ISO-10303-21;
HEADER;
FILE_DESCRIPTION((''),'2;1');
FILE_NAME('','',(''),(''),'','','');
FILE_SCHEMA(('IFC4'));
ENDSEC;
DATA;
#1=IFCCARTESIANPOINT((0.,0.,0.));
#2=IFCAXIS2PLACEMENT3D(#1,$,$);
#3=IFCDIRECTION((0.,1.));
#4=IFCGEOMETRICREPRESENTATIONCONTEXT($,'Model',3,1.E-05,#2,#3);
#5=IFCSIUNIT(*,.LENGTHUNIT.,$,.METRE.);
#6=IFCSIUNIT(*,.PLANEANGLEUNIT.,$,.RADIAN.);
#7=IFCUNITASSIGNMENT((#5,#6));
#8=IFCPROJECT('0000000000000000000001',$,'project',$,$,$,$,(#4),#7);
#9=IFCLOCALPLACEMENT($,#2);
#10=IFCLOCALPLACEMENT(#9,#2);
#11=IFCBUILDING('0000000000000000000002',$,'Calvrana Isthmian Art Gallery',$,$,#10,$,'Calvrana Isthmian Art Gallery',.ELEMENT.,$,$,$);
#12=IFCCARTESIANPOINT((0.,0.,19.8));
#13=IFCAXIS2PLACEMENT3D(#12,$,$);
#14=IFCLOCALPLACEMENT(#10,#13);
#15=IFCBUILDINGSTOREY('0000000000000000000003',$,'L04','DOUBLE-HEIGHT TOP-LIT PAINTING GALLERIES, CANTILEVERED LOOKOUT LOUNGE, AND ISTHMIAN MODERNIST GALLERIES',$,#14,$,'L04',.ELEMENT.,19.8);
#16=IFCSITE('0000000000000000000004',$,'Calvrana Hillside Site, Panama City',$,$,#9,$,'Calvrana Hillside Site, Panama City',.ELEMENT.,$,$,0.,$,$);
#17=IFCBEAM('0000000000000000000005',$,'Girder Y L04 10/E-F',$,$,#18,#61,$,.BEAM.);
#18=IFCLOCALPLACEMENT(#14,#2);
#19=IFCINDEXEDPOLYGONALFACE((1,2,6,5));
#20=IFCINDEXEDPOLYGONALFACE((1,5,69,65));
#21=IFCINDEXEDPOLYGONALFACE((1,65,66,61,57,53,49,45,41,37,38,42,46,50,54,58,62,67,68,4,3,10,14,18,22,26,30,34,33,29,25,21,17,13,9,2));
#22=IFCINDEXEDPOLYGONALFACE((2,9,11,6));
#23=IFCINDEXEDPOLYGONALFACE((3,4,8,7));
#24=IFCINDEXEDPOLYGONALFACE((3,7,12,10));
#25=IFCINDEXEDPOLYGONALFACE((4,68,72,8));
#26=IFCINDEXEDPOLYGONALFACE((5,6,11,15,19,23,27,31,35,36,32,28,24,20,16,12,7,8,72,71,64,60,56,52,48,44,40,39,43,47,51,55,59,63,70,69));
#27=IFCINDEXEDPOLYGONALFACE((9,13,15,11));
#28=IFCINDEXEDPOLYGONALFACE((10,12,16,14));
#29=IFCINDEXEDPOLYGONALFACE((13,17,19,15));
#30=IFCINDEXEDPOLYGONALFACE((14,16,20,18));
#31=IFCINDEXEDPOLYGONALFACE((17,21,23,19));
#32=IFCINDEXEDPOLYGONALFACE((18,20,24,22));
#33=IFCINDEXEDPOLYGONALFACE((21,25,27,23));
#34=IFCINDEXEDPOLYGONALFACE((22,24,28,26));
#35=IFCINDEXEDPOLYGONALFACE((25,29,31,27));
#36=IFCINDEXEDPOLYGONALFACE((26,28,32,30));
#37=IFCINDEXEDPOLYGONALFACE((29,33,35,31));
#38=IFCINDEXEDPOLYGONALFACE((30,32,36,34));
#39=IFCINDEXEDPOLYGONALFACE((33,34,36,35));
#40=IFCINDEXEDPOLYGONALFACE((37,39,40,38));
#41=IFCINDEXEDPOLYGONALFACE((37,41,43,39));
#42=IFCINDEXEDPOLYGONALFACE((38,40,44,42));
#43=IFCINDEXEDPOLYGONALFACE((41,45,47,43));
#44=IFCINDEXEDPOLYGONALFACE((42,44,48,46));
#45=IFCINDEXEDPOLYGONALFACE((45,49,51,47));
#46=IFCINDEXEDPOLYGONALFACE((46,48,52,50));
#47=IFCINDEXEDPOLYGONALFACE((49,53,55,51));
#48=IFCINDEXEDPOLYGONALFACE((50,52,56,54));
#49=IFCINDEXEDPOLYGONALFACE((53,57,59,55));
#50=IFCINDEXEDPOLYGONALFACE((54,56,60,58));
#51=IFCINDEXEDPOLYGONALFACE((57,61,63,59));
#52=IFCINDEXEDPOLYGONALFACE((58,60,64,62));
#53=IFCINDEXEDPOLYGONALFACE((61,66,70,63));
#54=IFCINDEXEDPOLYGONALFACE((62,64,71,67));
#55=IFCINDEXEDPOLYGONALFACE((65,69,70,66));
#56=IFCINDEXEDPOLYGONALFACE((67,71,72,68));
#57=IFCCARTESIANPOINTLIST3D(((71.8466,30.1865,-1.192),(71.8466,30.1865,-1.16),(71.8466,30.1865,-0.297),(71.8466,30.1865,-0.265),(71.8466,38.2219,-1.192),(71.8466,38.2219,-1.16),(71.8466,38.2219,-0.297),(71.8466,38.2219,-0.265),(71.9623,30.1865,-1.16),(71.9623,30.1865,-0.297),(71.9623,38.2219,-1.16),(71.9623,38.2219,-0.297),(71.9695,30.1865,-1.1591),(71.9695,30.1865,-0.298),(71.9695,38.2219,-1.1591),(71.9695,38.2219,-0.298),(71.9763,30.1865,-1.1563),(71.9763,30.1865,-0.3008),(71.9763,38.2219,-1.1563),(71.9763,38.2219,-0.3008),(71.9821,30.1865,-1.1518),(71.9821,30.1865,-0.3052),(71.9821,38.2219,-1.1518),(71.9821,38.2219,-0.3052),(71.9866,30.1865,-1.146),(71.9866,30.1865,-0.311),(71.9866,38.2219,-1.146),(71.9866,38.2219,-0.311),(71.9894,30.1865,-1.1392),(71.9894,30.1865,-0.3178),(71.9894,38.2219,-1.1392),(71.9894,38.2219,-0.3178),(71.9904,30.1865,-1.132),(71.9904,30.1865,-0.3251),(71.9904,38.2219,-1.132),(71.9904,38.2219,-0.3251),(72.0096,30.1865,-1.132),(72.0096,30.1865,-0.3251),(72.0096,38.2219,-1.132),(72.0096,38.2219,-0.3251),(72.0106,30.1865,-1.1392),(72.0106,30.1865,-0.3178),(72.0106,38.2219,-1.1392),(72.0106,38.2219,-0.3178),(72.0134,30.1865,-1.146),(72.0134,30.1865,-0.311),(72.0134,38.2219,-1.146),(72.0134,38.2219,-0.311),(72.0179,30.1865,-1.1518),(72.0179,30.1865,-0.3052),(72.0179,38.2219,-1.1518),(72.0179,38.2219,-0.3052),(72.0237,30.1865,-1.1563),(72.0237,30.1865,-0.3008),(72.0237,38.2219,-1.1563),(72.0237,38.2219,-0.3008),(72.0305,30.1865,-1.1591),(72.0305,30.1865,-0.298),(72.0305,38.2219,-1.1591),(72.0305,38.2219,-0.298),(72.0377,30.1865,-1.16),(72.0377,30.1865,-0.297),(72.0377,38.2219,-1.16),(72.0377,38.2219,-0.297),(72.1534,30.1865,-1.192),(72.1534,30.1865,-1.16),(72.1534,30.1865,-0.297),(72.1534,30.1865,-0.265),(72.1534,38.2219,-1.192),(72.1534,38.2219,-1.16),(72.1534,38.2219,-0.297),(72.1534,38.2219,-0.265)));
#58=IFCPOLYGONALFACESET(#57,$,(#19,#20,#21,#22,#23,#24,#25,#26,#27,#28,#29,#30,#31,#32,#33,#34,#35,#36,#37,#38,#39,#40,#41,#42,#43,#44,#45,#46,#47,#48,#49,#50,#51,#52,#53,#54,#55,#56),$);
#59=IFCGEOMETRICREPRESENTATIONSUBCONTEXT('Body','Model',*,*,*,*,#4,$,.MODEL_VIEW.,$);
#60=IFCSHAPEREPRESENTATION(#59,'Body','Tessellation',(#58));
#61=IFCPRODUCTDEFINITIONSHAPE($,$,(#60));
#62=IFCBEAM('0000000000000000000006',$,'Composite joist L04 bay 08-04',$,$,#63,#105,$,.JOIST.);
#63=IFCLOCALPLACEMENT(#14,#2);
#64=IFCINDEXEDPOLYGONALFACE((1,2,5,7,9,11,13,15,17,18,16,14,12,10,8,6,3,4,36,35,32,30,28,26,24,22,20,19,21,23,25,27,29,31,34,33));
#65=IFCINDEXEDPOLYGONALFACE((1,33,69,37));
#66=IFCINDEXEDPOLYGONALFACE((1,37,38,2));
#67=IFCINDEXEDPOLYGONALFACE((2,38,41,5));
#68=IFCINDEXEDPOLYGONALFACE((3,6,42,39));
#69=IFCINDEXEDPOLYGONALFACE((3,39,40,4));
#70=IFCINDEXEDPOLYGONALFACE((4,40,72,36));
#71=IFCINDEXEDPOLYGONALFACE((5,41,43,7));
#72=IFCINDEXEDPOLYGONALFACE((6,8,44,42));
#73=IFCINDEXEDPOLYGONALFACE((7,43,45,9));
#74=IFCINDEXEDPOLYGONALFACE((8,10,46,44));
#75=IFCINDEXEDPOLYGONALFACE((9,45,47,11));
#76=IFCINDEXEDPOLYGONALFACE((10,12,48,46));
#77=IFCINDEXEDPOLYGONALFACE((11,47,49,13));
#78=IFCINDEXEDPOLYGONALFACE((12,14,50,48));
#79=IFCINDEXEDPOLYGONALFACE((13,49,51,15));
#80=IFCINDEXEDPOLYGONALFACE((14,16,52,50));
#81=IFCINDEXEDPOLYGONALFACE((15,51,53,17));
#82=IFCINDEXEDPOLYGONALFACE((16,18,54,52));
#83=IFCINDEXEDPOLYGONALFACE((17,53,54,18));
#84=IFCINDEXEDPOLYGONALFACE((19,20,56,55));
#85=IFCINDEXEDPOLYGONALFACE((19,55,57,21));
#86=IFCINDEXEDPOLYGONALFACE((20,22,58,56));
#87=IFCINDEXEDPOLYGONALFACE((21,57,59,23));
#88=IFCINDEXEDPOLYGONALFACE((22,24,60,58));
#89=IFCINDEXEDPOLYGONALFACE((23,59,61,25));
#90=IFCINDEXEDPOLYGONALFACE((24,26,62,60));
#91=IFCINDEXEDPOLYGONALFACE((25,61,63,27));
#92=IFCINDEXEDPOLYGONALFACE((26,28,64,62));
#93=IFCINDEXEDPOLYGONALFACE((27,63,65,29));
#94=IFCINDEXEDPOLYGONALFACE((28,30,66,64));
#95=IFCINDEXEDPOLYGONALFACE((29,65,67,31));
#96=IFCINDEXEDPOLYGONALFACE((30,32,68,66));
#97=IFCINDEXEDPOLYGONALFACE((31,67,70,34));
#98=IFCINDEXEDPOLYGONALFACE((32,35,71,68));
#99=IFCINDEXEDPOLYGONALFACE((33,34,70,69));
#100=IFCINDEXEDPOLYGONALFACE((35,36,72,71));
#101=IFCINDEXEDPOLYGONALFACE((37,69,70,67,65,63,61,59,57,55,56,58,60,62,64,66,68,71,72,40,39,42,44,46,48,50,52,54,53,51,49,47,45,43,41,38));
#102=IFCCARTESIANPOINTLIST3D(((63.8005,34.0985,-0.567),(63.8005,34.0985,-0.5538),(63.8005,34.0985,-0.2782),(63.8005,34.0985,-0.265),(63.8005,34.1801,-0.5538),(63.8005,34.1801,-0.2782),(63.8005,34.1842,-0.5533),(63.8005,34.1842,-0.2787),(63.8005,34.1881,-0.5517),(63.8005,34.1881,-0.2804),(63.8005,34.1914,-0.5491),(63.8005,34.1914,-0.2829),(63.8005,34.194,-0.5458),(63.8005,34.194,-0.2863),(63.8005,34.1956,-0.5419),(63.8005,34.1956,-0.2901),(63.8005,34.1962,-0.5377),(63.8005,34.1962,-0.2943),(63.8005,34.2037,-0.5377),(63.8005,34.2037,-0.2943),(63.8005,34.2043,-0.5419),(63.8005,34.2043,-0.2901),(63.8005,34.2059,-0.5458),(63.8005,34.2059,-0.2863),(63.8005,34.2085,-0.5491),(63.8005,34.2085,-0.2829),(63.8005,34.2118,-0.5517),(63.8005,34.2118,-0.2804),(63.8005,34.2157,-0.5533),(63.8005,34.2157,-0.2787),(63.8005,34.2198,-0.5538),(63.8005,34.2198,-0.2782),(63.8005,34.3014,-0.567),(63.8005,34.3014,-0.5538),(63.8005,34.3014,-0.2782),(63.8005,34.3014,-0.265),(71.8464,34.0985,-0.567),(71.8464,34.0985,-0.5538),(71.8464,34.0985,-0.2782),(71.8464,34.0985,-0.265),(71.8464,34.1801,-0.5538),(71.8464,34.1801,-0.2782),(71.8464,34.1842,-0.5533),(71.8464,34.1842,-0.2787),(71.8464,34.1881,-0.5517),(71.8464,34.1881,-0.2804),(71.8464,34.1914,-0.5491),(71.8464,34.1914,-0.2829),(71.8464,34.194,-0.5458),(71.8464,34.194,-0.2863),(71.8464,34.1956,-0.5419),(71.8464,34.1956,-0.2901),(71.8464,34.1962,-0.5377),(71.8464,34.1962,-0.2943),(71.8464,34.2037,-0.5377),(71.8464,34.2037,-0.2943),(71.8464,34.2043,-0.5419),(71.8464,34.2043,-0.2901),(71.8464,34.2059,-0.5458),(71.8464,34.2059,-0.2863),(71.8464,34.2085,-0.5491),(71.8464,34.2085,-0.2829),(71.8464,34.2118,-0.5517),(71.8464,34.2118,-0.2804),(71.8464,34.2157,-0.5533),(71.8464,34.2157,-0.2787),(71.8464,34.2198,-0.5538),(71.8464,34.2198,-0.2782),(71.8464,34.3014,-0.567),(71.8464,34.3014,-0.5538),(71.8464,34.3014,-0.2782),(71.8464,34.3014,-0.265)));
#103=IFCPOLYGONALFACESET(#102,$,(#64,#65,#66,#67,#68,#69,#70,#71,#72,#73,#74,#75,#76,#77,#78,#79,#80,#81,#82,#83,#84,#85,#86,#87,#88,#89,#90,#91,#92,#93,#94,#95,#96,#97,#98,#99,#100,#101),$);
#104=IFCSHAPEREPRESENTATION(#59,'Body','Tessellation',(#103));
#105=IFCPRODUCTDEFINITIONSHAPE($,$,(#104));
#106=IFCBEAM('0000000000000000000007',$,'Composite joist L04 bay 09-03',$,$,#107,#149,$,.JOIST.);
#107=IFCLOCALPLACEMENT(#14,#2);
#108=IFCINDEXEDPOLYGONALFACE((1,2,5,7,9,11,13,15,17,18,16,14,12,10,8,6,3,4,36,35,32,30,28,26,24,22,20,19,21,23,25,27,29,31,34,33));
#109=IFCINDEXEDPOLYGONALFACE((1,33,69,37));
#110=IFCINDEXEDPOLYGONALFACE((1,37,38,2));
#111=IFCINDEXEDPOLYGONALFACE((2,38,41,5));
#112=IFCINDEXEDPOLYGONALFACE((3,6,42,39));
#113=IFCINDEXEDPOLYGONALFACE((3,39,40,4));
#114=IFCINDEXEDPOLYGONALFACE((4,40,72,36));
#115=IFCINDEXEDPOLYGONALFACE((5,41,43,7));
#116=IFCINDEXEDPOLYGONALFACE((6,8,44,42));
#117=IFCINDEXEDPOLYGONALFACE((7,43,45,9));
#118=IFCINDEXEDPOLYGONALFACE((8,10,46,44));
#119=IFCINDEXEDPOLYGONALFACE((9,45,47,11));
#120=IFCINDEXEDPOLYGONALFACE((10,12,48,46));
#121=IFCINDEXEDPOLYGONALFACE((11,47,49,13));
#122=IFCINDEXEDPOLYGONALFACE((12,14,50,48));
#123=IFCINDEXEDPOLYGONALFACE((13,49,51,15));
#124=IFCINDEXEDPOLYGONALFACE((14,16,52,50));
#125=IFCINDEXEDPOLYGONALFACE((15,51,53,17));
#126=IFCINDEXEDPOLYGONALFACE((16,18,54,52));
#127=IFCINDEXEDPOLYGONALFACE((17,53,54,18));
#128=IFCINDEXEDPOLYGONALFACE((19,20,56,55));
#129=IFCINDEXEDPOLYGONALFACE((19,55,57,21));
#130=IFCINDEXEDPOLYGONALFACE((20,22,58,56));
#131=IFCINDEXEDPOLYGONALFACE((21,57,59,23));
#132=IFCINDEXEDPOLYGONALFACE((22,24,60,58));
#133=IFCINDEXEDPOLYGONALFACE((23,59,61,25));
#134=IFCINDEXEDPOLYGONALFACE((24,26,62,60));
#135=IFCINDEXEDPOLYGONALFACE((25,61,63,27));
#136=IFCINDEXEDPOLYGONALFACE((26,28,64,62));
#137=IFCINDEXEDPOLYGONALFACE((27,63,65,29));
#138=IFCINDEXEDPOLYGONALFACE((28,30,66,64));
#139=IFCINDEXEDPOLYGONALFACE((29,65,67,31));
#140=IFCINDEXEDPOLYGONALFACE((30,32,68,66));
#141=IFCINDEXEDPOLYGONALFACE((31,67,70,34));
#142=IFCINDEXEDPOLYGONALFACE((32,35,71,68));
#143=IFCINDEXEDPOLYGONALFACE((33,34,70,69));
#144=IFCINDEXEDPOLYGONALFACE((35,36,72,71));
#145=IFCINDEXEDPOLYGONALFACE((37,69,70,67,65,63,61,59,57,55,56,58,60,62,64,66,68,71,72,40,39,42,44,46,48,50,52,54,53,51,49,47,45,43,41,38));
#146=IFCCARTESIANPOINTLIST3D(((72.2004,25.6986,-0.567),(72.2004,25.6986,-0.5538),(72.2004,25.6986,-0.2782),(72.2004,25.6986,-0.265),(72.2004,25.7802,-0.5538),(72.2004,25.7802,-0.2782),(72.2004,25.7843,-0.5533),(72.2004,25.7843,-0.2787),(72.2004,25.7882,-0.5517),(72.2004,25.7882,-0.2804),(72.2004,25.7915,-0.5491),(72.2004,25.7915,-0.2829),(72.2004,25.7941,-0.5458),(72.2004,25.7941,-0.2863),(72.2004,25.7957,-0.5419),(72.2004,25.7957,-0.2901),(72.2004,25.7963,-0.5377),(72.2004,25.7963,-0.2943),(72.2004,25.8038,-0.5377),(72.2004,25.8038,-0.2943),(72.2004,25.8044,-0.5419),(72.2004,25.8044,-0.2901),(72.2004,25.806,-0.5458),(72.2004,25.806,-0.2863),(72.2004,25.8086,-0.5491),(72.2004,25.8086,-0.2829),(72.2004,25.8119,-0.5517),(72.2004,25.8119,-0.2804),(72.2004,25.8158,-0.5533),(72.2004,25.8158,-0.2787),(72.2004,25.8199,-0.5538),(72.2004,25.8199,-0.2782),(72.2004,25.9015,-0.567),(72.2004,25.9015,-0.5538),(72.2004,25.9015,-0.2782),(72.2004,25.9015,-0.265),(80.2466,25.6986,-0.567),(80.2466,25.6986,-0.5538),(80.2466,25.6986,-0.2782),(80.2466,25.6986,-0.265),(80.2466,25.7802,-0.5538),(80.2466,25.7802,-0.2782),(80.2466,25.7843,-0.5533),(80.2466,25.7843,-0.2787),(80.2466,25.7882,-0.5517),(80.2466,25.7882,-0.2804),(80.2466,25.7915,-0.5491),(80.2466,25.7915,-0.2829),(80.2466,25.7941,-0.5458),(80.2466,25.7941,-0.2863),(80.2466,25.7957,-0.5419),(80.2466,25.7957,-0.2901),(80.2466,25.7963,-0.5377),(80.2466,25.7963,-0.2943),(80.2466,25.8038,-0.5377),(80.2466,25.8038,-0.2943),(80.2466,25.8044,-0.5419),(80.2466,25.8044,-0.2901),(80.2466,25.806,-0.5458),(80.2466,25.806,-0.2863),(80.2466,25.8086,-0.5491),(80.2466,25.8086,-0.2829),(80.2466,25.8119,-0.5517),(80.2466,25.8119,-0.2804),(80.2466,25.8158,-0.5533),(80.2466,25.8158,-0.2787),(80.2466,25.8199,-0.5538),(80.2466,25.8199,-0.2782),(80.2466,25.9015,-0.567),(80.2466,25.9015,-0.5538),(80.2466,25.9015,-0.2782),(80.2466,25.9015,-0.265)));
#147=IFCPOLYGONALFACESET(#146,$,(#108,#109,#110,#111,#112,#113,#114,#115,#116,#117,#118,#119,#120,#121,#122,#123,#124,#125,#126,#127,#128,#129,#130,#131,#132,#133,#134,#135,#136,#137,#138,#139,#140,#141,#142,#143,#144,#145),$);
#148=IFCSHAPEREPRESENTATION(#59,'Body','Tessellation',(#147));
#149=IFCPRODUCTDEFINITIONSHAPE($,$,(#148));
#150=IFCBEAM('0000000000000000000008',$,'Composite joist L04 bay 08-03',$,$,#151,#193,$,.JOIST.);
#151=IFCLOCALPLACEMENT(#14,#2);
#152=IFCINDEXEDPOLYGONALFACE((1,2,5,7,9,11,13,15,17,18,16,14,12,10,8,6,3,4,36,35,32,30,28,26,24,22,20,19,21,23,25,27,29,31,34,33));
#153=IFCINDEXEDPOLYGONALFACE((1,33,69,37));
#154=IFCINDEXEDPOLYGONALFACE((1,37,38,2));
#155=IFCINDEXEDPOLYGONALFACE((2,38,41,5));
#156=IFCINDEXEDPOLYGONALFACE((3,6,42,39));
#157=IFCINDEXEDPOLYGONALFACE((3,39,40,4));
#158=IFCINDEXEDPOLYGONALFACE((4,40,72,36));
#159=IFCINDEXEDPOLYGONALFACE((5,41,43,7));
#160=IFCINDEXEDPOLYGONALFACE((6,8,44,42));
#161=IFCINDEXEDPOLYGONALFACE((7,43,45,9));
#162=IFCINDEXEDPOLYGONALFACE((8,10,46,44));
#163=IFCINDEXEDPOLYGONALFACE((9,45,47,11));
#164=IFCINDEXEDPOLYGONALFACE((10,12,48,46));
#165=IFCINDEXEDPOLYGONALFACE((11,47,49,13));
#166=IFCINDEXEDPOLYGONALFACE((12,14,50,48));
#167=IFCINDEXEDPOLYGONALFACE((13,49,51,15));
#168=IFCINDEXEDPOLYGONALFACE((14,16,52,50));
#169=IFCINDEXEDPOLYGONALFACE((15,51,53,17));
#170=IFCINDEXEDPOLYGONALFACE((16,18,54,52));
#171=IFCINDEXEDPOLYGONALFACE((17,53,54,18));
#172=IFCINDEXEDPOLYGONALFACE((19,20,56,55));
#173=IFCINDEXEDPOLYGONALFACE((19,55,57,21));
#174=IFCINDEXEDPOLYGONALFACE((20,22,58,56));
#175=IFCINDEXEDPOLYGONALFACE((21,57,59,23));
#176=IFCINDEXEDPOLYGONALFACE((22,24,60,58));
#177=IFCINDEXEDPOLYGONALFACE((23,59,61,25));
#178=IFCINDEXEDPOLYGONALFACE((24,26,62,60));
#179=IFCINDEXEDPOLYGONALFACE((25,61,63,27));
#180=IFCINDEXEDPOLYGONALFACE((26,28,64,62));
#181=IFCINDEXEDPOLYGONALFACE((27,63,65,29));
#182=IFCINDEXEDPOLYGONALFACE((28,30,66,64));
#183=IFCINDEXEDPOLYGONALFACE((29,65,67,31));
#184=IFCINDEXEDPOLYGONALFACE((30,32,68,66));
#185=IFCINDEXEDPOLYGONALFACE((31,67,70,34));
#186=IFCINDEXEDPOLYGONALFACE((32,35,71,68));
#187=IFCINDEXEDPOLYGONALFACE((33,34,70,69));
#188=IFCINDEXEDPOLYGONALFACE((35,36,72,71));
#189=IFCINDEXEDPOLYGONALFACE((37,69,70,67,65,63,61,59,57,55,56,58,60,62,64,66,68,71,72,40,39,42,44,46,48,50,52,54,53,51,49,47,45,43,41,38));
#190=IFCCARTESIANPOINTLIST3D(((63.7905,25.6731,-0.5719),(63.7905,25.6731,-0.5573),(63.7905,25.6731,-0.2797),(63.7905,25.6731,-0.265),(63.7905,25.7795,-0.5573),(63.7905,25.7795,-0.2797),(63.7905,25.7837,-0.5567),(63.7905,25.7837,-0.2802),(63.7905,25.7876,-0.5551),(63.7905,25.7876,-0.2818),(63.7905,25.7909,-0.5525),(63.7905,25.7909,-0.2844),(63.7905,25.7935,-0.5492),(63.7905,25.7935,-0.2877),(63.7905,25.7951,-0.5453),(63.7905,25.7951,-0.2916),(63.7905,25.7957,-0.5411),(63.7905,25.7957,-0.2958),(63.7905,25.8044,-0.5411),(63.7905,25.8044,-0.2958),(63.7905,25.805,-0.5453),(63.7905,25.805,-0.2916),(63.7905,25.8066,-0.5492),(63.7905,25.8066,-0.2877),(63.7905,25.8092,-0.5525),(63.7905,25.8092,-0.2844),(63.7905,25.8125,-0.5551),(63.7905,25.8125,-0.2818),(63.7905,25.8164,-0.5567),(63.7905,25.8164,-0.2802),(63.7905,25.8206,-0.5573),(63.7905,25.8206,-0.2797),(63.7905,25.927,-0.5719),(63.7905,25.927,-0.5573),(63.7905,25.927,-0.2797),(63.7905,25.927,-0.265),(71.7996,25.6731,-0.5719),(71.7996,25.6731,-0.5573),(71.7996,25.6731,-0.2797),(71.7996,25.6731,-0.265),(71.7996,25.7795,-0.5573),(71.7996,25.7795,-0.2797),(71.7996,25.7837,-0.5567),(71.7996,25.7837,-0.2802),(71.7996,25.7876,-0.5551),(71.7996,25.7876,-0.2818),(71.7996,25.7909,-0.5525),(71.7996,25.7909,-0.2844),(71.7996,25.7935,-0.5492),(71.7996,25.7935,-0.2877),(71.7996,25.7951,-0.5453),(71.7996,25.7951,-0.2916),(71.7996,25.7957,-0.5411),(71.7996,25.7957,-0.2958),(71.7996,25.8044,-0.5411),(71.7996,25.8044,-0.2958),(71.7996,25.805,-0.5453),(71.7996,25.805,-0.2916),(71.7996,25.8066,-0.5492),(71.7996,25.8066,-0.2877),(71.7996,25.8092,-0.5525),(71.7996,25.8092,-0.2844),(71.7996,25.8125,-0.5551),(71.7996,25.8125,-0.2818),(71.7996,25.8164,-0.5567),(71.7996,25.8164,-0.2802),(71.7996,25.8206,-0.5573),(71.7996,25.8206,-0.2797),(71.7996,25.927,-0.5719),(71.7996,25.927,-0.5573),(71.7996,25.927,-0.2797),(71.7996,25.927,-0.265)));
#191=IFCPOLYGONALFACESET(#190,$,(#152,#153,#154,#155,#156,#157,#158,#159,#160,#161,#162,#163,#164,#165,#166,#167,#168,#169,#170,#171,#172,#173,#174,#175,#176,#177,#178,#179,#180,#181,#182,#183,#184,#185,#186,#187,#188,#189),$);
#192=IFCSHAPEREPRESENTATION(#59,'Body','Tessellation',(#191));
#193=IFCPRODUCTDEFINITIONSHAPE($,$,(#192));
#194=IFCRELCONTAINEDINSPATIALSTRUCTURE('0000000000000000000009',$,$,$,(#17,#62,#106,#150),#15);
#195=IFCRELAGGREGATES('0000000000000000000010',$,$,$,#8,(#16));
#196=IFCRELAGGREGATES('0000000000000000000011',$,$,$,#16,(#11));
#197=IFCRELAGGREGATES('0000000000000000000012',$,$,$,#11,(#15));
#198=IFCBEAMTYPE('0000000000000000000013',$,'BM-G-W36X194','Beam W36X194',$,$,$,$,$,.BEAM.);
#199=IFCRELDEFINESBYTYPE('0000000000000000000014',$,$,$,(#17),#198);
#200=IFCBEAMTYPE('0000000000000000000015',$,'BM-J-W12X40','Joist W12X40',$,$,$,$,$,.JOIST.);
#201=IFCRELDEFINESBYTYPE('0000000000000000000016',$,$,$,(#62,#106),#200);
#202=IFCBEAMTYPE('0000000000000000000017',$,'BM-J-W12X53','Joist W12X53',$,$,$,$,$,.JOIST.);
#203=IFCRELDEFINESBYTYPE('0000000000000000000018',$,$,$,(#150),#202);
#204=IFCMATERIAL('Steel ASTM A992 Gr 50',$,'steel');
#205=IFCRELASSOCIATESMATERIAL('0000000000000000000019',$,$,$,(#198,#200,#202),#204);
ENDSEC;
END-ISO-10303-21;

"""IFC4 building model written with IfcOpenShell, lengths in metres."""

from ifc_helpers import new_model, si_unit, direction, frame, origin, origin_2d, place, context, subcontext, project, spatial, i_section, extrude, material, material_profile, profile_set, type_object, element, save


model = new_model("IFC4")

# Units and contexts
model_context = context("Model", 3, precision=1e-05, world=origin(), true_north=direction((0.0, 1.0)))
body_context = subcontext(model_context, "Body", "Model", "MODEL_VIEW")
ifc_project = project(units=[si_unit("LENGTHUNIT", "METRE"), si_unit("PLANEANGLEUNIT", "RADIAN")], contexts=[model_context])

# Site, building, storey
site_placement = place(None, origin())
site = spatial("IfcSite", under=ifc_project, at=site_placement, Name="Calvrana Hillside Site, Panama City", LongName="Calvrana Hillside Site, Panama City", CompositionType="ELEMENT", RefElevation=0.0)
building_placement = place(site_placement, origin())
building = spatial("IfcBuilding", under=site, at=building_placement, Name="Calvrana Isthmian Art Gallery", LongName="Calvrana Isthmian Art Gallery", CompositionType="ELEMENT")
storey_placement = place(building_placement, frame((0.0, 0.0, 19.8)))
storey = spatial("IfcBuildingStorey", under=building, at=storey_placement, Name="L04", Description="DOUBLE-HEIGHT TOP-LIT PAINTING GALLERIES, CANTILEVERED LOOKOUT LOUNGE, AND ISTHMIAN MODERNIST GALLERIES", LongName="L04", CompositionType="ELEMENT", Elevation=19.8)

# Shared definitions
ifc_material_1 = material(Name="Steel ASTM A992 Gr 50", Category="steel")

# Beams
ifc_material_profile_1 = material_profile(ifc_material_1, i_section(OverallWidth=0.3069, OverallDepth=0.927, WebThickness=0.0193, FlangeThickness=0.032, FilletRadius=0.0281, at=origin_2d()), Name="W36X194")
ifc_profile_set_1 = profile_set([ifc_material_profile_1], Name="Steel ASTM A992 Gr 50")
beam_type_1 = type_object("IfcBeamType", Name="BM-G-W36X194", Description="Beam W36X194", PredefinedType="BEAM", material=ifc_profile_set_1)
beam_1_placement = place(storey_placement, frame((72.0, 30.1865, -0.7285), z_axis=(0.0, 1.0, 0.0), x_axis=(-1.0, 0.0, 0.0)))
element("IfcBeam", 1, at=beam_1_placement, inside=storey, type_object=beam_type_1, Name="Girder Y L04 10/E-F", PredefinedType="BEAM", context=body_context, shape_type="SweptSolid", body=[
    extrude(i_section(OverallWidth=0.3069, OverallDepth=0.927, WebThickness=0.0193, FlangeThickness=0.032, FilletRadius=0.0281, at=origin_2d()), origin(), (0.0, 0.0, 1.0), 8.0354),
])
ifc_material_profile_2 = material_profile(ifc_material_1, i_section(OverallWidth=0.2029, OverallDepth=0.302, WebThickness=0.0076, FlangeThickness=0.0132, FilletRadius=0.0161, at=origin_2d()), Name="W12X40")
ifc_profile_set_2 = profile_set([ifc_material_profile_2], Name="Steel ASTM A992 Gr 50")
beam_type_2 = type_object("IfcBeamType", Name="BM-J-W12X40", Description="Joist W12X40", PredefinedType="JOIST", material=ifc_profile_set_2)
beam_2_placement = place(storey_placement, frame((63.8005, 34.2, -0.416), z_axis=(1.0, 0.0, 0.0), x_axis=(0.0, 1.0, 0.0)))
element("IfcBeam", 2, at=beam_2_placement, inside=storey, type_object=beam_type_2, Name="Composite joist L04 bay 08-04", PredefinedType="JOIST", context=body_context, shape_type="SweptSolid", body=[
    extrude(i_section(OverallWidth=0.2029, OverallDepth=0.302, WebThickness=0.0076, FlangeThickness=0.0132, FilletRadius=0.0161, at=origin_2d()), origin(), (0.0, 0.0, 1.0), 8.0459),
])
beam_3_placement = place(storey_placement, frame((72.2004, 25.8, -0.416), z_axis=(1.0, 0.0, 0.0), x_axis=(0.0, 1.0, 0.0)))
element("IfcBeam", 3, at=beam_3_placement, inside=storey, type_object=beam_type_2, Name="Composite joist L04 bay 09-03", PredefinedType="JOIST", context=body_context, shape_type="SweptSolid", body=[
    extrude(i_section(OverallWidth=0.2029, OverallDepth=0.302, WebThickness=0.0076, FlangeThickness=0.0132, FilletRadius=0.0161, at=origin_2d()), origin(), (0.0, 0.0, 1.0), 8.0461),
])
ifc_material_profile_3 = material_profile(ifc_material_1, i_section(OverallWidth=0.2539, OverallDepth=0.3069, WebThickness=0.0088, FlangeThickness=0.0146, FilletRadius=0.0161, at=origin_2d()), Name="W12X53")
ifc_profile_set_3 = profile_set([ifc_material_profile_3], Name="Steel ASTM A992 Gr 50")
beam_type_3 = type_object("IfcBeamType", Name="BM-J-W12X53", Description="Joist W12X53", PredefinedType="JOIST", material=ifc_profile_set_3)
beam_4_placement = place(storey_placement, frame((63.7905, 25.8, -0.4185), z_axis=(1.0, 0.0, 0.0), x_axis=(0.0, 1.0, 0.0)))
element("IfcBeam", 4, at=beam_4_placement, inside=storey, type_object=beam_type_3, Name="Composite joist L04 bay 08-03", PredefinedType="JOIST", context=body_context, shape_type="SweptSolid", body=[
    extrude(i_section(OverallWidth=0.2539, OverallDepth=0.3069, WebThickness=0.0088, FlangeThickness=0.0146, FilletRadius=0.0161, at=origin_2d()), origin(), (0.0, 0.0, 1.0), 8.009),
])

save(model, "model.ifc")
